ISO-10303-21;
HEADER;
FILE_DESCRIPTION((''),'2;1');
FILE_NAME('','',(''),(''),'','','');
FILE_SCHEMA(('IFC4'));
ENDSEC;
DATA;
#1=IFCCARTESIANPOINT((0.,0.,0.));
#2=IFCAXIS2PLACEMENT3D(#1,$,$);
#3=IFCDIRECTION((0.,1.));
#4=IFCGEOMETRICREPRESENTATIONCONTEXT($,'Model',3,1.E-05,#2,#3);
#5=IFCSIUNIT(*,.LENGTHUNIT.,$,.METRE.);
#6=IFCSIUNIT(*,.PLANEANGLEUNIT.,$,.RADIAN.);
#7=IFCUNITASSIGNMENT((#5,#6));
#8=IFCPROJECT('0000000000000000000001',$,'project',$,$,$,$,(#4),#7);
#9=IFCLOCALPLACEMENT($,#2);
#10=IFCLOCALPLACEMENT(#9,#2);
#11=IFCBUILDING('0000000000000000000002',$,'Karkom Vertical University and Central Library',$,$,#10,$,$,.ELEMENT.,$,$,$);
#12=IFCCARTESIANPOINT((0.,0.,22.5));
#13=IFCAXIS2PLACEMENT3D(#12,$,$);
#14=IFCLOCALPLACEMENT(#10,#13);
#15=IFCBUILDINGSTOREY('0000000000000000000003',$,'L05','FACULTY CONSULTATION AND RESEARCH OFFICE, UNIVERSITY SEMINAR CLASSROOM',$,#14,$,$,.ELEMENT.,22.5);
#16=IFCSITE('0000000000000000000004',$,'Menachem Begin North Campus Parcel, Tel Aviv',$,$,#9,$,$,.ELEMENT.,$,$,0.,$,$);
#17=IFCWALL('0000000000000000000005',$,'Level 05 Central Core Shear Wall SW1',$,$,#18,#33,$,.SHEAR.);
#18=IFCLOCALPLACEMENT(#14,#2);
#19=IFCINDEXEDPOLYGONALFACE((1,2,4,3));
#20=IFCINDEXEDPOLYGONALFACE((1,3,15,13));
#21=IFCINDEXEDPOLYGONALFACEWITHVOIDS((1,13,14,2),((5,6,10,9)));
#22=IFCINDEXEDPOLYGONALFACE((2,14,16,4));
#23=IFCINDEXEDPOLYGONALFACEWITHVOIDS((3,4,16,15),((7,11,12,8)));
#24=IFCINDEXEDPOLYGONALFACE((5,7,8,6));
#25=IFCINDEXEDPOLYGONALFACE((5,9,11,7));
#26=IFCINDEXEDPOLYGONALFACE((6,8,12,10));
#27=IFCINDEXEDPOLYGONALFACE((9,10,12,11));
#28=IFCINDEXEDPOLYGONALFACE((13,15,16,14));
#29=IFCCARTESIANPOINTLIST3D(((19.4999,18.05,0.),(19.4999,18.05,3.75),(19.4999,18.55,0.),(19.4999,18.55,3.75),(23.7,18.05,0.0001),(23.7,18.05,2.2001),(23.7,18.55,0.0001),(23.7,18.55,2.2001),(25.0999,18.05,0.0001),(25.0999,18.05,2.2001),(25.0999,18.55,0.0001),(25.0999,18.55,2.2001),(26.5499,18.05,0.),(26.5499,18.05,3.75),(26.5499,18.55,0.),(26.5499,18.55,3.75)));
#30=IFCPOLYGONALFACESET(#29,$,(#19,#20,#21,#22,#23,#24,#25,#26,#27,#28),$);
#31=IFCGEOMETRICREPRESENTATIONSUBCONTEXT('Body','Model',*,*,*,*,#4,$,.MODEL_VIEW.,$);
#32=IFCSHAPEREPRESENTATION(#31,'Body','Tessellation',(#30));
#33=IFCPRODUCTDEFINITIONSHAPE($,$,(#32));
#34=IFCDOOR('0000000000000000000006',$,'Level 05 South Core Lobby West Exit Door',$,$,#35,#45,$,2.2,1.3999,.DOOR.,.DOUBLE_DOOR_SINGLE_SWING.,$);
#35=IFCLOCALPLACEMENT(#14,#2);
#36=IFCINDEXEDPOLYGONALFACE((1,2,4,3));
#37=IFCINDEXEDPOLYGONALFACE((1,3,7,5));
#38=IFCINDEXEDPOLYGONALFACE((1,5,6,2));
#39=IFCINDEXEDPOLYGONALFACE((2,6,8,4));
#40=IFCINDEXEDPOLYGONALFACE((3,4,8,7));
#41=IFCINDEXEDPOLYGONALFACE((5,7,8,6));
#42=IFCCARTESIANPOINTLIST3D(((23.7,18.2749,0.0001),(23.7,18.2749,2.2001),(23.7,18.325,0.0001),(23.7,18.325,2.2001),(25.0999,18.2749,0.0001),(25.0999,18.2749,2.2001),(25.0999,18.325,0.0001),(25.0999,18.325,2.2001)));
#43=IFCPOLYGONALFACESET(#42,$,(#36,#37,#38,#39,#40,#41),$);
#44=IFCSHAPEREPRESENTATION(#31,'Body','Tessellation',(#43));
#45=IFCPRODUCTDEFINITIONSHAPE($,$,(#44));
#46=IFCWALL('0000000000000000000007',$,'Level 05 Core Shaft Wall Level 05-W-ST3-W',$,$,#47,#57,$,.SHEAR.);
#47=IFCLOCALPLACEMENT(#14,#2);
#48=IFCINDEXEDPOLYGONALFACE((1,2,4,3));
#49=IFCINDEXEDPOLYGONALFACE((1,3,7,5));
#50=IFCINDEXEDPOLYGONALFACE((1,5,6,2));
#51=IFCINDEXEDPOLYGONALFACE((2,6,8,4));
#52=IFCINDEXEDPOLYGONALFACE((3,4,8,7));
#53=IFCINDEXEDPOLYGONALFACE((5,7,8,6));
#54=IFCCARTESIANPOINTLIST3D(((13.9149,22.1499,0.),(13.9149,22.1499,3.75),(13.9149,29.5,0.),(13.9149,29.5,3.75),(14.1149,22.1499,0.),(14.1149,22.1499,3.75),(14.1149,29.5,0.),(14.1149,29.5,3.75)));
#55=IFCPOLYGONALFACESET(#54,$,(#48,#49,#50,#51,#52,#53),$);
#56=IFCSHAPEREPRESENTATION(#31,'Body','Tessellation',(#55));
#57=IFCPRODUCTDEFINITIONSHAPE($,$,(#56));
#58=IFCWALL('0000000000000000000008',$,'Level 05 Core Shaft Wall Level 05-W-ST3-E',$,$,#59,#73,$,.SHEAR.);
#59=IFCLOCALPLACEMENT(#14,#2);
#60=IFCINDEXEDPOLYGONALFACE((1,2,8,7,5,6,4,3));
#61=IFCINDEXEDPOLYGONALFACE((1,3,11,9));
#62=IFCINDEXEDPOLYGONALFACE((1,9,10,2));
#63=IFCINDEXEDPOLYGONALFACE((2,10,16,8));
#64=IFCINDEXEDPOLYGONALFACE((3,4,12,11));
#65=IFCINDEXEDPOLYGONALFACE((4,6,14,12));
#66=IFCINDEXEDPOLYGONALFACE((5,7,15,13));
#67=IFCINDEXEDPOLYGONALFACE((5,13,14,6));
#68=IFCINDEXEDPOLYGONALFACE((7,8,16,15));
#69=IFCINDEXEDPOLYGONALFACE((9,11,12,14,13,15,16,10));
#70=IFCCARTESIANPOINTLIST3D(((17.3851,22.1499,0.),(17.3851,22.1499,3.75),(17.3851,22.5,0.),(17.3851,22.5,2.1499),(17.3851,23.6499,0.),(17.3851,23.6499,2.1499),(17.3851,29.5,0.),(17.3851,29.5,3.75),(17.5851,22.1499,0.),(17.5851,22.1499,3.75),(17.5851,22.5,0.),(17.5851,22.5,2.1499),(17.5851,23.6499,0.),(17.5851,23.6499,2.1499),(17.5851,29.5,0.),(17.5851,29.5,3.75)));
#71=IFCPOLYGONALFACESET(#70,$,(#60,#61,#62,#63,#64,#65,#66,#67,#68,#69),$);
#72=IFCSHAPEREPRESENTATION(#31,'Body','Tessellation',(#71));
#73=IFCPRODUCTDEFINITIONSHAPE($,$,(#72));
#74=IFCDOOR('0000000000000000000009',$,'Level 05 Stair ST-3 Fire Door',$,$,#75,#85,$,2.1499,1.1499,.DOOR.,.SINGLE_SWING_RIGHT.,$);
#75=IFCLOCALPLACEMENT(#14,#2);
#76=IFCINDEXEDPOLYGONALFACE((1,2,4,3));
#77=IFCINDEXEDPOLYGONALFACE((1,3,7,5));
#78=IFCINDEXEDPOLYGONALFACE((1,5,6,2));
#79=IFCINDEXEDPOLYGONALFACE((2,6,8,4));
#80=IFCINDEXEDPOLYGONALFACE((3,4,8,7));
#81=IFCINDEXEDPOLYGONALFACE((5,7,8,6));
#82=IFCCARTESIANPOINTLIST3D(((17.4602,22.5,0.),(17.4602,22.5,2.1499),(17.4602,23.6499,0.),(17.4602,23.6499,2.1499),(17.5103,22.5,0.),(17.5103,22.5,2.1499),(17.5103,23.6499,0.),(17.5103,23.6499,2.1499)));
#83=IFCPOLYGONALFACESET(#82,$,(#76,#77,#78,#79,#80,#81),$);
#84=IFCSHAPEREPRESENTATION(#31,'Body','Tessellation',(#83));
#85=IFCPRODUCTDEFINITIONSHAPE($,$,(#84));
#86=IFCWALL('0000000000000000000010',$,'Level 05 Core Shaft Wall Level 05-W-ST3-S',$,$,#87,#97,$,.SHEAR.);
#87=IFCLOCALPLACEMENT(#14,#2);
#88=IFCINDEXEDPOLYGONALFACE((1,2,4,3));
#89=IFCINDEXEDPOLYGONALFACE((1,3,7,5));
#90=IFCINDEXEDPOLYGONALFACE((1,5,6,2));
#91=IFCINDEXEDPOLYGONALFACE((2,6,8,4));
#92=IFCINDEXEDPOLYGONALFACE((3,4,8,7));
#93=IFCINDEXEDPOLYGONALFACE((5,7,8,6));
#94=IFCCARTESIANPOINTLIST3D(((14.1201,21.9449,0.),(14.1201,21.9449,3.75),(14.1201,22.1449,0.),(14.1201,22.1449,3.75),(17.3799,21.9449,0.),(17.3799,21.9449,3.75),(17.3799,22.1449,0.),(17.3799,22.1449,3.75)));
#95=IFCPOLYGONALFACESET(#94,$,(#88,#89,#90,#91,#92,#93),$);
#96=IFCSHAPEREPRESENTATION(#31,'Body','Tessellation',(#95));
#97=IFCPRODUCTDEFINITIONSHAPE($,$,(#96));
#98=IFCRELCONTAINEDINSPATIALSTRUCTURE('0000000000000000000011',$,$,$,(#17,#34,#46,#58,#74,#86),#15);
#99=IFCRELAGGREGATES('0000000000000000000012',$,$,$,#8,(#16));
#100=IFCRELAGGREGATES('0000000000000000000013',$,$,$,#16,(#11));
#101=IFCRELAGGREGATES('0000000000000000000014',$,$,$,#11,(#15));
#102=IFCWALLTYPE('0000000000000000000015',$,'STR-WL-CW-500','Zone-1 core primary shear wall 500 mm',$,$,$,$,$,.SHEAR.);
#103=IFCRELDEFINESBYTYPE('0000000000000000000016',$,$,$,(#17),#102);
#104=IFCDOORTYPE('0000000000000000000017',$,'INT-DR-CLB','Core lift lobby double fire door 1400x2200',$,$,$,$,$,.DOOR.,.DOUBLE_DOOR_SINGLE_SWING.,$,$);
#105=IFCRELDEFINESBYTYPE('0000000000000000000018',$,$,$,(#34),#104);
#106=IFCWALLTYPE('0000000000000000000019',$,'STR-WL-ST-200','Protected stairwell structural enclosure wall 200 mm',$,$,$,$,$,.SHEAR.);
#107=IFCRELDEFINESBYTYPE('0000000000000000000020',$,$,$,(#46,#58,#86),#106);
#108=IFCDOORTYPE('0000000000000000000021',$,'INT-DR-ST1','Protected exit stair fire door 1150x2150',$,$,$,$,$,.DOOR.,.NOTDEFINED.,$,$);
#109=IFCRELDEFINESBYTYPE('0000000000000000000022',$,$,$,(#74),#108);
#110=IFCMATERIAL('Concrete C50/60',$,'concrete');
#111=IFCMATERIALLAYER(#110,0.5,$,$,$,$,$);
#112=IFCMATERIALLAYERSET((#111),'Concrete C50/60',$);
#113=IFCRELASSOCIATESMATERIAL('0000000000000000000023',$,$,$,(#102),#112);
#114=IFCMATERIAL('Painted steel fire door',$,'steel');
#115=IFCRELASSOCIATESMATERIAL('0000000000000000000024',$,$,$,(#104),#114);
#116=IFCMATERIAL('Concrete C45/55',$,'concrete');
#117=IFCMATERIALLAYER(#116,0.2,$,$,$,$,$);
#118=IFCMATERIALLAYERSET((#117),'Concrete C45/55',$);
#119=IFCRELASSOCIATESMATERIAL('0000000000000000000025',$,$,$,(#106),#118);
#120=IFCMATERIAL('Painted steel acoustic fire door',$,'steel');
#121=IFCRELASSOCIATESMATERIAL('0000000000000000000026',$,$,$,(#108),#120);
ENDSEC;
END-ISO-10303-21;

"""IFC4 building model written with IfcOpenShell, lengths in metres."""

from ifc_helpers import new_model, si_unit, direction, frame, frame_2d, origin, origin_with_axes, place, context, subcontext, project, spatial, rectangle, extrude, source, transform, mapped, material, layer, layer_set, type_object, element, fill, save


model = new_model("IFC4")

# Units and contexts
model_context = context("Model", 3, precision=1e-05, world=origin(), true_north=direction((0.0, 1.0)))
body_context = subcontext(model_context, "Body", "Model", "MODEL_VIEW")
ifc_project = project(units=[si_unit("LENGTHUNIT", "METRE"), si_unit("PLANEANGLEUNIT", "RADIAN")], contexts=[model_context])

# Site, building, storey
site_placement = place(None, origin())
site = spatial("IfcSite", under=ifc_project, at=site_placement, Name="Menachem Begin North Campus Parcel, Tel Aviv", CompositionType="ELEMENT", RefElevation=0.0)
building_placement = place(site_placement, origin())
building = spatial("IfcBuilding", under=site, at=building_placement, Name="Karkom Vertical University and Central Library", CompositionType="ELEMENT")
storey_placement = place(building_placement, frame((0.0, 0.0, 22.5)))
storey = spatial("IfcBuildingStorey", under=building, at=storey_placement, Name="L05", Description="FACULTY CONSULTATION AND RESEARCH OFFICE, UNIVERSITY SEMINAR CLASSROOM", CompositionType="ELEMENT", Elevation=22.5)

# Shared definitions
ifc_material_1 = material(Name="Concrete C50/60", Category="concrete")

# Wall, opening, door
ifc_layer_1 = layer(ifc_material_1, 0.5)
ifc_layer_set_1 = layer_set([ifc_layer_1], Name="Concrete C50/60")
wall_type_1 = type_object("IfcWallType", Name="STR-WL-CW-500", Description="Zone-1 core primary shear wall 500 mm", PredefinedType="SHEAR", material=ifc_layer_set_1)
wall_1_placement = place(storey_placement, frame((19.5, 18.3, 0.0), z_axis=(0.0, 0.0, 1.0), x_axis=(1.0, 0.0, 0.0)))
wall_1 = element("IfcWall", 1, at=wall_1_placement, inside=storey, type_object=wall_type_1, Name="Level 05 Central Core Shear Wall SW1", PredefinedType="SHEAR", context=body_context, shape_type="SweptSolid", body=[
    extrude(rectangle(XDim=7.05, YDim=0.5, at=frame_2d((3.5249, 0.0))), origin(), (0.0, 0.0, 1.0), 3.75),
])
opening_1_placement = place(wall_1_placement, frame((4.2, 0.0, 0.0)))
opening_1 = element("IfcOpeningElement", 2, at=opening_1_placement, cuts=wall_1, PredefinedType="OPENING", context=body_context, shape_type="SweptSolid", body=[
    extrude(rectangle(XDim=1.3999, YDim=2.2, at=frame_2d((0.7, 1.1001))), frame((0.0, 0.26, 0.0), z_axis=(0.0, -1.0, 0.0), x_axis=(1.0, 0.0, 0.0)), (0.0, 0.0, 1.0), 0.52),
])
ifc_material_2 = material(Name="Painted steel fire door", Category="steel")
door_type_1 = type_object("IfcDoorType", Name="INT-DR-CLB", Description="Core lift lobby double fire door 1400x2200", OperationType="DOUBLE_DOOR_SINGLE_SWING", PredefinedType="DOOR", material=ifc_material_2)
shared_shape_1 = source(origin_with_axes(), body_context, "Body", "SweptSolid", [
    extrude(rectangle(XDim=1.3999, YDim=2.2, at=frame_2d((0.7, 1.1001))), frame((0.0, 0.0249, 0.0), z_axis=(0.0, -1.0, 0.0), x_axis=(1.0, 0.0, 0.0)), (0.0, 0.0, 1.0), 0.05),
])
door_1_placement = place(opening_1_placement, origin())
door_1 = element("IfcDoor", 3, at=door_1_placement, inside=storey, type_object=door_type_1, Name="Level 05 South Core Lobby West Exit Door", OperationType="DOUBLE_DOOR_SINGLE_SWING", OverallHeight=2.2, OverallWidth=1.3999, PredefinedType="DOOR", context=body_context, shape_type="MappedRepresentation", body=[
    mapped(shared_shape_1, transform((0.0, 0.0, 0.0), scale=1.0)),
])
fill(opening_1, door_1)

# Wall
ifc_material_3 = material(Name="Concrete C45/55", Category="concrete")
ifc_layer_2 = layer(ifc_material_3, 0.2)
ifc_layer_set_2 = layer_set([ifc_layer_2], Name="Concrete C45/55")
wall_type_2 = type_object("IfcWallType", Name="STR-WL-ST-200", Description="Protected stairwell structural enclosure wall 200 mm", PredefinedType="SHEAR", material=ifc_layer_set_2)
wall_2_placement = place(storey_placement, frame((14.0149, 22.1499, 0.0), z_axis=(0.0, 0.0, 1.0), x_axis=(0.0, 1.0, 0.0)))
element("IfcWall", 4, at=wall_2_placement, inside=storey, type_object=wall_type_2, Name="Level 05 Core Shaft Wall Level 05-W-ST3-W", PredefinedType="SHEAR", context=body_context, shape_type="SweptSolid", body=[
    extrude(rectangle(XDim=7.3501, YDim=0.2, at=frame_2d((3.675, 0.0))), origin(), (0.0, 0.0, 1.0), 3.75),
])

# Wall, opening, door
wall_3_placement = place(storey_placement, frame((17.4851, 22.1499, 0.0), z_axis=(0.0, 0.0, 1.0), x_axis=(0.0, 1.0, 0.0)))
wall_3 = element("IfcWall", 5, at=wall_3_placement, inside=storey, type_object=wall_type_2, Name="Level 05 Core Shaft Wall Level 05-W-ST3-E", PredefinedType="SHEAR", context=body_context, shape_type="SweptSolid", body=[
    extrude(rectangle(XDim=7.3501, YDim=0.2, at=frame_2d((3.675, 0.0))), origin(), (0.0, 0.0, 1.0), 3.75),
])
opening_2_placement = place(wall_3_placement, frame((0.3501, 0.0, 0.0)))
opening_2 = element("IfcOpeningElement", 6, at=opening_2_placement, cuts=wall_3, PredefinedType="OPENING", context=body_context, shape_type="SweptSolid", body=[
    extrude(rectangle(XDim=1.1499, YDim=2.1499, at=frame_2d((0.575, 1.075))), frame((0.0, 0.1099, 0.0), z_axis=(0.0, -1.0, 0.0), x_axis=(1.0, 0.0, 0.0)), (0.0, 0.0, 1.0), 0.22),
])
ifc_material_4 = material(Name="Painted steel acoustic fire door", Category="steel")
door_type_2 = type_object("IfcDoorType", Name="INT-DR-ST1", Description="Protected exit stair fire door 1150x2150", OperationType="NOTDEFINED", PredefinedType="DOOR", material=ifc_material_4)
shared_shape_2 = source(origin_with_axes(), body_context, "Body", "SweptSolid", [
    extrude(rectangle(XDim=1.1499, YDim=2.1499, at=frame_2d((0.575, 1.075))), frame((0.0, 0.0249, 0.0), z_axis=(0.0, -1.0, 0.0), x_axis=(1.0, 0.0, 0.0)), (0.0, 0.0, 1.0), 0.05),
])
door_2_placement = place(opening_2_placement, origin())
door_2 = element("IfcDoor", 7, at=door_2_placement, inside=storey, type_object=door_type_2, Name="Level 05 Stair ST-3 Fire Door", OperationType="SINGLE_SWING_RIGHT", OverallHeight=2.1499, OverallWidth=1.1499, PredefinedType="DOOR", context=body_context, shape_type="MappedRepresentation", body=[
    mapped(shared_shape_2, transform((0.0, 0.0, 0.0), scale=1.0)),
])
fill(opening_2, door_2)

# Wall
wall_4_placement = place(storey_placement, frame((14.1201, 22.0449, 0.0), z_axis=(0.0, 0.0, 1.0), x_axis=(1.0, 0.0, 0.0)))
element("IfcWall", 8, at=wall_4_placement, inside=storey, type_object=wall_type_2, Name="Level 05 Core Shaft Wall Level 05-W-ST3-S", PredefinedType="SHEAR", context=body_context, shape_type="SweptSolid", body=[
    extrude(rectangle(XDim=3.2598, YDim=0.2, at=frame_2d((1.6299, 0.0))), origin(), (0.0, 0.0, 1.0), 3.75),
])

save(model, "model.ifc")
